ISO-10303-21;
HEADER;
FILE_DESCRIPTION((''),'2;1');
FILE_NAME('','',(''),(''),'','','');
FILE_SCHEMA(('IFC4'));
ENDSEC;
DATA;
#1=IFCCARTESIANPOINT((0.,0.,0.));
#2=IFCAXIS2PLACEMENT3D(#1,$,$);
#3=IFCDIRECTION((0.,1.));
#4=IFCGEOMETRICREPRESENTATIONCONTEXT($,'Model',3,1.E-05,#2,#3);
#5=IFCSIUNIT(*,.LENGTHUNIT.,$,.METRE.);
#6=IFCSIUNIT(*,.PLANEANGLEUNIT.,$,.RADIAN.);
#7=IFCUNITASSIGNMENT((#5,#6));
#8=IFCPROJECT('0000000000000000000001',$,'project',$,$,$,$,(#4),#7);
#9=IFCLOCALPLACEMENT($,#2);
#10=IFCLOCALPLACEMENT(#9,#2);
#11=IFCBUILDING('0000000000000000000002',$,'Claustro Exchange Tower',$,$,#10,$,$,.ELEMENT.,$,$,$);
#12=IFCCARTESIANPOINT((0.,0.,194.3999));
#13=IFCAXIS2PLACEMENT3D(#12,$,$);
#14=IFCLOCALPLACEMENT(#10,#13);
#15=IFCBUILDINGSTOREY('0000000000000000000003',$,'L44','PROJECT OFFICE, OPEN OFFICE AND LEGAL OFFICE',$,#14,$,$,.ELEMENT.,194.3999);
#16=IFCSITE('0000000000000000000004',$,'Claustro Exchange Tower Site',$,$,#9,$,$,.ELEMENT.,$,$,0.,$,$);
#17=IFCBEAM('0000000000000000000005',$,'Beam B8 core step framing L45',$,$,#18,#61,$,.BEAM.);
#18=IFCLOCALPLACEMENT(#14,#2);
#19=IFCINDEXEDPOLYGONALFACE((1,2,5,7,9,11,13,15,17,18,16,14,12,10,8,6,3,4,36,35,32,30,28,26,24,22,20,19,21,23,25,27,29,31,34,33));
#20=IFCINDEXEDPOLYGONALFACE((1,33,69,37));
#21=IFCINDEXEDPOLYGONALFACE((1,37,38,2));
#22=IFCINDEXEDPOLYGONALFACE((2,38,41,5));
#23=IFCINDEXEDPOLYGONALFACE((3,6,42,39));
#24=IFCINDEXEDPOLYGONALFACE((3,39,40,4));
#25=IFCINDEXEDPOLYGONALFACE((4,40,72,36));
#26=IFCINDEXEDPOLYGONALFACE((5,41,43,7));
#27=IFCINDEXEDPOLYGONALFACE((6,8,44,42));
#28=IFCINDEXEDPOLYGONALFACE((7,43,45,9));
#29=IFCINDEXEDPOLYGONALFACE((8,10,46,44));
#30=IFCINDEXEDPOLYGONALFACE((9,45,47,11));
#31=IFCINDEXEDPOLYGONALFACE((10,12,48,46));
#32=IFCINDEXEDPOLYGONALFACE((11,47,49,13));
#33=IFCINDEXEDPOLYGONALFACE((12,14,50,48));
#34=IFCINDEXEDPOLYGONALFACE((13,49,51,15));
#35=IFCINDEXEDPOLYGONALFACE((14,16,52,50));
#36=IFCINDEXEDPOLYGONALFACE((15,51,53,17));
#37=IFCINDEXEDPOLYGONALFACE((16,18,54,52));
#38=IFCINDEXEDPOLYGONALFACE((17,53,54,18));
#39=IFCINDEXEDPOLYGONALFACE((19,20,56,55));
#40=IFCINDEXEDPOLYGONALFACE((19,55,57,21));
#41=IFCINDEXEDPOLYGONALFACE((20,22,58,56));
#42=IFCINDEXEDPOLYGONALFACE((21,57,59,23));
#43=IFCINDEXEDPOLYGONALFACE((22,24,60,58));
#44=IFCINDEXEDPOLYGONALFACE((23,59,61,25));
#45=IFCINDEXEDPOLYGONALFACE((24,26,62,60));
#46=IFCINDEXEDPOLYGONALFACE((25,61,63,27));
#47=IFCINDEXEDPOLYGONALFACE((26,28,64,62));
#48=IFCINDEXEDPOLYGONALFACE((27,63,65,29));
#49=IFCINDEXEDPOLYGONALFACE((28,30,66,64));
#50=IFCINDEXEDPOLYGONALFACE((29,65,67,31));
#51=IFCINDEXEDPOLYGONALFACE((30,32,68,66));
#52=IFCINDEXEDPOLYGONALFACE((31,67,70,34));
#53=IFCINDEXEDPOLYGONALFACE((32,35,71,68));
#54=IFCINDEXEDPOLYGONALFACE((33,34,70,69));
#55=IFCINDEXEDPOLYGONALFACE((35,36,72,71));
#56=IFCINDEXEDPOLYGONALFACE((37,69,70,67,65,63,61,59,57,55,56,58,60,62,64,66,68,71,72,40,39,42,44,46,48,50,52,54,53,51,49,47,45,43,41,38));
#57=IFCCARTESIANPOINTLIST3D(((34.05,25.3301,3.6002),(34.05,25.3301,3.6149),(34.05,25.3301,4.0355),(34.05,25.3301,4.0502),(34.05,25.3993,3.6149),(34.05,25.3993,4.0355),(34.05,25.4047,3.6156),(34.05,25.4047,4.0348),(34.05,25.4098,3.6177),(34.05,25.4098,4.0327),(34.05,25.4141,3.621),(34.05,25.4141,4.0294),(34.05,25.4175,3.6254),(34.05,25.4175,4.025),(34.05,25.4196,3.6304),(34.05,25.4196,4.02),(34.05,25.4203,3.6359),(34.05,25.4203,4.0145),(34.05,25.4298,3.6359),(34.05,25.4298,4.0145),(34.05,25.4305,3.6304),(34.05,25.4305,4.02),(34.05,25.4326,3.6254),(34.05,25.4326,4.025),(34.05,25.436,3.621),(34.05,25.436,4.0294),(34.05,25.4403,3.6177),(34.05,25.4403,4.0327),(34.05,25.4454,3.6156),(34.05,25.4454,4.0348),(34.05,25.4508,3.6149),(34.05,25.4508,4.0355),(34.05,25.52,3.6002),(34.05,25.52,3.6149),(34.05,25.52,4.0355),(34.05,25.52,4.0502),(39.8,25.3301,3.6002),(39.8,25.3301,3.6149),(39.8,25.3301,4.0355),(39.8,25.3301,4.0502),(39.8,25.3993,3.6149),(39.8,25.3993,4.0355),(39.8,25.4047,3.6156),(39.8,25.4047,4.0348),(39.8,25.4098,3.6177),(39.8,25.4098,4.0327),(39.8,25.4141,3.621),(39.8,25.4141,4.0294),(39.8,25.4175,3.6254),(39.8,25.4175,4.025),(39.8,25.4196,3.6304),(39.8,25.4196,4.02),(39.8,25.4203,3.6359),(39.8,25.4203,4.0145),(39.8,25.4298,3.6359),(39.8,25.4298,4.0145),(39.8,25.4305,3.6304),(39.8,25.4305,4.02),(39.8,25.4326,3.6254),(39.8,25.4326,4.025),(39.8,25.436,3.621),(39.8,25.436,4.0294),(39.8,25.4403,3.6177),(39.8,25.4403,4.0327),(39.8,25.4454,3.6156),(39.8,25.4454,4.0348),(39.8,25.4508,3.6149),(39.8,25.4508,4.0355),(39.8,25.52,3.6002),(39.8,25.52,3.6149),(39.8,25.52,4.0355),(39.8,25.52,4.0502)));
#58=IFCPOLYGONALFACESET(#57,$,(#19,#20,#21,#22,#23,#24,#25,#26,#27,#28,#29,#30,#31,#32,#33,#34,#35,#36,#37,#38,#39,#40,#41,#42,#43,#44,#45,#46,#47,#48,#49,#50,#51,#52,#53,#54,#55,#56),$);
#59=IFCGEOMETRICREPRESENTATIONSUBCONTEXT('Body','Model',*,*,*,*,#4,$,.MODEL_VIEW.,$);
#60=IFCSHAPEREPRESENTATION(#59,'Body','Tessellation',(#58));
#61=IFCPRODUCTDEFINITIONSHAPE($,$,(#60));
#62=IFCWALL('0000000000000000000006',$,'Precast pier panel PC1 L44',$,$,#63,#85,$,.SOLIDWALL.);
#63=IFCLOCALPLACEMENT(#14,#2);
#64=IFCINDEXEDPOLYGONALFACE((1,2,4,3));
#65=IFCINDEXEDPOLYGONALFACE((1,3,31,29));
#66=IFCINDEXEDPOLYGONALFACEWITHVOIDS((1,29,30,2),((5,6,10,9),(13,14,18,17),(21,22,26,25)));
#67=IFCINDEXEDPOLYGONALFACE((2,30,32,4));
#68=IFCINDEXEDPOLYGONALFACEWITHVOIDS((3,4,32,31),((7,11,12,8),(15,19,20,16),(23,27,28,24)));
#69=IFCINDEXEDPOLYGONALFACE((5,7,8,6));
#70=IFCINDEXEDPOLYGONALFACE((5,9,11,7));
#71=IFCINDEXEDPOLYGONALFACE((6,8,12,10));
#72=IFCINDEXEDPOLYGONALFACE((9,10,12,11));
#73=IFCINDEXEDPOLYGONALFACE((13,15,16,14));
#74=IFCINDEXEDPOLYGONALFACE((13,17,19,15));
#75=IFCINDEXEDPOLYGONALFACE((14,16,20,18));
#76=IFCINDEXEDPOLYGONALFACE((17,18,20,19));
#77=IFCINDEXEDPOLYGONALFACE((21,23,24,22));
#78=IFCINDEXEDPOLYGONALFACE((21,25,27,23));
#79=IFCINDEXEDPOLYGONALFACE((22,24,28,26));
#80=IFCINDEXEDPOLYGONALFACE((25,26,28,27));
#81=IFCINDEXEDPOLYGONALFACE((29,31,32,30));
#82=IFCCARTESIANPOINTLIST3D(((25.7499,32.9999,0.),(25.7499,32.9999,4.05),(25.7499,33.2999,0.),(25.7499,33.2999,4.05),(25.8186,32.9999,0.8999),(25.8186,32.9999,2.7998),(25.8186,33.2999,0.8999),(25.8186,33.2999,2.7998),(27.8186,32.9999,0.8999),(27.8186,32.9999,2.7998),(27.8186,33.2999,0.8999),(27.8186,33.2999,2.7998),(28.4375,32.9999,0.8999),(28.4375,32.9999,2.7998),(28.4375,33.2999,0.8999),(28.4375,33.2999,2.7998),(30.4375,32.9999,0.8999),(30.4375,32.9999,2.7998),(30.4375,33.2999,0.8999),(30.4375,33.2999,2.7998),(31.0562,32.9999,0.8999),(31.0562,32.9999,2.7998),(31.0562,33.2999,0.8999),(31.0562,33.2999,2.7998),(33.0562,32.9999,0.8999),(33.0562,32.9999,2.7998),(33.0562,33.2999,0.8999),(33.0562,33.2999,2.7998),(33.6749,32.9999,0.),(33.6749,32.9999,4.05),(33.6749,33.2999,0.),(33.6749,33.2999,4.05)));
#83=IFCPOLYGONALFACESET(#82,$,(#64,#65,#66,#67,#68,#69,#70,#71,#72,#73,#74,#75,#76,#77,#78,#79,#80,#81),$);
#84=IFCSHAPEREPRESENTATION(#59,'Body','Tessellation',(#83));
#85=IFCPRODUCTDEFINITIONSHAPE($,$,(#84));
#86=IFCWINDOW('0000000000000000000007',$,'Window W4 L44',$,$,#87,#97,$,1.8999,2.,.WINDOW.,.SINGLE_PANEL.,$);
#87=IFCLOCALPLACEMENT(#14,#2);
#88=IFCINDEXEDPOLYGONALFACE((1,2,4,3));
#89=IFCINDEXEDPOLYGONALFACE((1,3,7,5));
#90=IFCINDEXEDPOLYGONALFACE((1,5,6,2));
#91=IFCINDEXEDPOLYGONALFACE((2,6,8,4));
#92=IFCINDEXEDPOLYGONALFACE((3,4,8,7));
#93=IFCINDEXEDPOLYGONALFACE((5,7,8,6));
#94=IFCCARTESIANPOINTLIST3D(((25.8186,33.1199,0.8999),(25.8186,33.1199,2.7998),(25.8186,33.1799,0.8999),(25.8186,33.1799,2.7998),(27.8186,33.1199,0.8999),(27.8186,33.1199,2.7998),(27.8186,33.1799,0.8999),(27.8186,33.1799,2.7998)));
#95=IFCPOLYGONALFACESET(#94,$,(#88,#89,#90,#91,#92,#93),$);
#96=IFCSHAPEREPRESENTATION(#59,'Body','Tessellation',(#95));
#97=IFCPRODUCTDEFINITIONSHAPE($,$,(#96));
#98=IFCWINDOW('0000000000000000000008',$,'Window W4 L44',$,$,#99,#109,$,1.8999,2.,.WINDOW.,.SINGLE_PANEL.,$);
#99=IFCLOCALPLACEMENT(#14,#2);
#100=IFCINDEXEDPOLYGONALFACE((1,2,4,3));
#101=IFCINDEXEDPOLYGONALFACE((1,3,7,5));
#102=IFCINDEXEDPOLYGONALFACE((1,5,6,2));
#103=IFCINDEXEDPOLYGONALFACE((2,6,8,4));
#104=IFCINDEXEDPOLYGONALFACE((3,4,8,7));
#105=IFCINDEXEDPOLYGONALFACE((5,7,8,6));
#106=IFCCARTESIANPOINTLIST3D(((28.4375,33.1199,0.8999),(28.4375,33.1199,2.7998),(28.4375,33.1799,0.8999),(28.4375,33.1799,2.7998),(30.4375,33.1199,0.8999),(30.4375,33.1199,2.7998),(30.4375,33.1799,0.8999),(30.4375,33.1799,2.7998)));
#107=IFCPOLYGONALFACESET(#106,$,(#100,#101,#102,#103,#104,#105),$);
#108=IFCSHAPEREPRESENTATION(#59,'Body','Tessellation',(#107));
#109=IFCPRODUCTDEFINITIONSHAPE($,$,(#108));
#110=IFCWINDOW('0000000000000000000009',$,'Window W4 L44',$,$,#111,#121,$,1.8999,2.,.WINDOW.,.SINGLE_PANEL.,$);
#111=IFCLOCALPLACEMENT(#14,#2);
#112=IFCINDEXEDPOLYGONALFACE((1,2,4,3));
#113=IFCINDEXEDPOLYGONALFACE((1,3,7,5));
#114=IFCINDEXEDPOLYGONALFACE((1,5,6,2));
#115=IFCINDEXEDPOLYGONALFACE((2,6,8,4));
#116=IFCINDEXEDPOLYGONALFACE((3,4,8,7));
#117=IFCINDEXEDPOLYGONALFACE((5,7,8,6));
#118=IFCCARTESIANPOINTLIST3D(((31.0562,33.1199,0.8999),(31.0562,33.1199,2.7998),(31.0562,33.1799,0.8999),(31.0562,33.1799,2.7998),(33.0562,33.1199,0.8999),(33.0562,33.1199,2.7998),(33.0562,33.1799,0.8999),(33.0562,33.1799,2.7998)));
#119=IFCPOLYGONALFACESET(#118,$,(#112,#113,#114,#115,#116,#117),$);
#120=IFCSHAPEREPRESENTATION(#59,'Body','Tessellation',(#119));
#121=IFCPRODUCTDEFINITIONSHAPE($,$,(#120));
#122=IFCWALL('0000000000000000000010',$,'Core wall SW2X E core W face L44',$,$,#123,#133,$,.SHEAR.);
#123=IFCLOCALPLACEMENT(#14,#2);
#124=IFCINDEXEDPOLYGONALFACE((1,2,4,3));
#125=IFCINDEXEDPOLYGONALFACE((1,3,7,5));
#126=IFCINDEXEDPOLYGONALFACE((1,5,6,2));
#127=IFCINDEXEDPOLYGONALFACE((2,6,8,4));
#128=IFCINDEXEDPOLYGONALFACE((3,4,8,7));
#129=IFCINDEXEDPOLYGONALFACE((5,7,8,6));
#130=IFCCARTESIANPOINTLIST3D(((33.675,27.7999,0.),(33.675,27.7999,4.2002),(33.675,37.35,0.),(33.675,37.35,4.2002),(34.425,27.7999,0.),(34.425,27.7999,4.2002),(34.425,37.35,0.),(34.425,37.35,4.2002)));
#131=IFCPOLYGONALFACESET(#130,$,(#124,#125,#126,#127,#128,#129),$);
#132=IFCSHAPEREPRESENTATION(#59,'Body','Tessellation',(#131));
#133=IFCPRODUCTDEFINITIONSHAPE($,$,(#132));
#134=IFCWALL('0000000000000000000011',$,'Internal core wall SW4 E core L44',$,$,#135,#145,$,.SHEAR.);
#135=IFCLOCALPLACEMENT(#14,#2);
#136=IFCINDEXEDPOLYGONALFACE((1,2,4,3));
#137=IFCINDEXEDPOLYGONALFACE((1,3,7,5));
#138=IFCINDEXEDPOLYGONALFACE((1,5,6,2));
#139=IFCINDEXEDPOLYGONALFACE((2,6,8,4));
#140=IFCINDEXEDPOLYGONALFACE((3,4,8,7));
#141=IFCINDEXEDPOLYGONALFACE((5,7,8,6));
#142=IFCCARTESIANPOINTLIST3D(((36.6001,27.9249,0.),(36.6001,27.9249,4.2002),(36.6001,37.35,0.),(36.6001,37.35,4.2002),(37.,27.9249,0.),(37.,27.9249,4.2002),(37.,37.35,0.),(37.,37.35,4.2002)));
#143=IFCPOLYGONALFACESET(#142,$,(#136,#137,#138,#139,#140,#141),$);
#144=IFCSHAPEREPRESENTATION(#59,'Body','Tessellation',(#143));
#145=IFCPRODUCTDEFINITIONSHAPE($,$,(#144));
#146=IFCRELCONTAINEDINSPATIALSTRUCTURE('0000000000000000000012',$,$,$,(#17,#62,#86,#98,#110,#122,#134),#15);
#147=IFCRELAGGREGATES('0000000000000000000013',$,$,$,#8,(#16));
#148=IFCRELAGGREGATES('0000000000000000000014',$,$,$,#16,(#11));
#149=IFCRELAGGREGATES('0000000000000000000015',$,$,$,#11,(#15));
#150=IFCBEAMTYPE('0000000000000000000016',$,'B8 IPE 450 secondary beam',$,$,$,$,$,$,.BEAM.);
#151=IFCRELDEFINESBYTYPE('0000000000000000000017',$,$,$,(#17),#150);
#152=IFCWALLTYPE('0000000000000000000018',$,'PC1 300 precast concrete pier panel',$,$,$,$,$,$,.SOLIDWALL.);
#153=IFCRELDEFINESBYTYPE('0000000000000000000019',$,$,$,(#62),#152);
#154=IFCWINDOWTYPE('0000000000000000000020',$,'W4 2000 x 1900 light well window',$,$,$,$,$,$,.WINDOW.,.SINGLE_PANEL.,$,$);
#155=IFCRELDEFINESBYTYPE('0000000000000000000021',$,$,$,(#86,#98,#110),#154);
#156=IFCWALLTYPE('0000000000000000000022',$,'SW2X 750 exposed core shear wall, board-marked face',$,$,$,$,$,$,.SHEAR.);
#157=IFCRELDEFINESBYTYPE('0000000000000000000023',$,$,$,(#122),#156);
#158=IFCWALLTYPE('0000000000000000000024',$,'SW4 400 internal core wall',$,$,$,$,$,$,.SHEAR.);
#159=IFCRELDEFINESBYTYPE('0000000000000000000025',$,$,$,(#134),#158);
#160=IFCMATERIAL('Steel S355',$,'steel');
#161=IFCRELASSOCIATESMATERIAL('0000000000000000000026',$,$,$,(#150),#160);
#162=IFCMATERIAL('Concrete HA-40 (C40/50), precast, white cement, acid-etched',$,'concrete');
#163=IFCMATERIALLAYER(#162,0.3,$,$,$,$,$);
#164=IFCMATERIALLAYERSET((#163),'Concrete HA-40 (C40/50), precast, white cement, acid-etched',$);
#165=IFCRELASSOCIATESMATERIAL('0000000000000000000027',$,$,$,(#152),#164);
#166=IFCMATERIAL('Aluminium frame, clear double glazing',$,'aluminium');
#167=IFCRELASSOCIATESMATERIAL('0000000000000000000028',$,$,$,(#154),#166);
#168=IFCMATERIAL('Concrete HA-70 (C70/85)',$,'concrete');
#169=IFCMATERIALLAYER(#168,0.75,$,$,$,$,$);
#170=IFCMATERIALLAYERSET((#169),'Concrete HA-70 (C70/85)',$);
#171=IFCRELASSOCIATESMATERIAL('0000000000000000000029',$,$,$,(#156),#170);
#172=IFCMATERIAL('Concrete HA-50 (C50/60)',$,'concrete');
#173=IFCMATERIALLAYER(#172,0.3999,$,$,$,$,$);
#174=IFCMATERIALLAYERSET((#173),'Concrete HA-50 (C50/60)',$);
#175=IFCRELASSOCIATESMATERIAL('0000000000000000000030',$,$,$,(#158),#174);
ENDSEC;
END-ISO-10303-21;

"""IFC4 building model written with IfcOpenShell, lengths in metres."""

from ifc_helpers import new_model, si_unit, direction, frame, frame_2d, origin, origin_2d, place, context, subcontext, project, spatial, rectangle, i_section, extrude, material, layer, layer_set, material_profile, profile_set, type_object, element, fill, save


model = new_model("IFC4")

# Units and contexts
model_context = context("Model", 3, precision=1e-05, world=origin(), true_north=direction((0.0, 1.0)))
body_context = subcontext(model_context, "Body", "Model", "MODEL_VIEW")
ifc_project = project(units=[si_unit("LENGTHUNIT", "METRE"), si_unit("PLANEANGLEUNIT", "RADIAN")], contexts=[model_context])

# Site, building, storey
site_placement = place(None, origin())
site = spatial("IfcSite", under=ifc_project, at=site_placement, Name="Claustro Exchange Tower Site", CompositionType="ELEMENT", RefElevation=0.0)
building_placement = place(site_placement, origin())
building = spatial("IfcBuilding", under=site, at=building_placement, Name="Claustro Exchange Tower", CompositionType="ELEMENT")
storey_placement = place(building_placement, frame((0.0, 0.0, 194.3999)))
storey = spatial("IfcBuildingStorey", under=building, at=storey_placement, Name="L44", Description="PROJECT OFFICE, OPEN OFFICE AND LEGAL OFFICE", CompositionType="ELEMENT", Elevation=194.3999)

# Beam
ifc_material_1 = material(Name="Steel S355", Category="steel")
ifc_material_profile_1 = material_profile(ifc_material_1, i_section(OverallWidth=0.1899, OverallDepth=0.45, WebThickness=0.0095, FlangeThickness=0.0146, FilletRadius=0.021, at=origin_2d()), Name="IPE 450")
ifc_profile_set_1 = profile_set([ifc_material_profile_1], Name="Steel S355")
beam_type_1 = type_object("IfcBeamType", Name="B8 IPE 450 secondary beam", PredefinedType="BEAM", material=ifc_profile_set_1)
beam_1_placement = place(storey_placement, frame((34.05, 25.425, 3.8252), z_axis=(1.0, 0.0, 0.0), x_axis=(0.0, 1.0, 0.0)))
element("IfcBeam", 1, at=beam_1_placement, inside=storey, type_object=beam_type_1, Name="Beam B8 core step framing L45", PredefinedType="BEAM", context=body_context, shape_type="SweptSolid", body=[
    extrude(i_section(OverallWidth=0.1899, OverallDepth=0.45, WebThickness=0.0095, FlangeThickness=0.0146, FilletRadius=0.021, at=origin_2d()), origin(), (0.0, 0.0, 1.0), 5.75),
])

# Wall, openings, windows
ifc_material_2 = material(Name="Concrete HA-40 (C40/50), precast, white cement, acid-etched", Category="concrete")
ifc_layer_1 = layer(ifc_material_2, 0.3)
ifc_layer_set_1 = layer_set([ifc_layer_1], Name="Concrete HA-40 (C40/50), precast, white cement, acid-etched")
wall_type_1 = type_object("IfcWallType", Name="PC1 300 precast concrete pier panel", PredefinedType="SOLIDWALL", material=ifc_layer_set_1)
wall_1_placement = place(storey_placement, frame((25.75, 33.1499, 0.0), z_axis=(0.0, 0.0, 1.0), x_axis=(1.0, 0.0, 0.0)))
wall_1 = element("IfcWall", 2, at=wall_1_placement, inside=storey, type_object=wall_type_1, Name="Precast pier panel PC1 L44", PredefinedType="SOLIDWALL", context=body_context, shape_type="SweptSolid", body=[
    extrude(rectangle(XDim=7.925, YDim=0.3, at=frame_2d((3.9624, 0.0))), origin(), (0.0, 0.0, 1.0), 4.05),
])
opening_1_placement = place(wall_1_placement, frame((0.0686, 0.0, 0.8999)))
opening_1 = element("IfcOpeningElement", 3, at=opening_1_placement, cuts=wall_1, PredefinedType="OPENING", context=body_context, shape_type="SweptSolid", body=[
    extrude(rectangle(XDim=2.0, YDim=1.8999, at=frame_2d((1.0, 0.95))), frame((0.0, 0.1599, 0.0), z_axis=(0.0, -1.0, 0.0), x_axis=(1.0, 0.0, 0.0)), (0.0, 0.0, 1.0), 0.3201),
])
opening_2_placement = place(wall_1_placement, frame((2.6875, 0.0, 0.8999)))
opening_2 = element("IfcOpeningElement", 4, at=opening_2_placement, cuts=wall_1, PredefinedType="OPENING", context=body_context, shape_type="SweptSolid", body=[
    extrude(rectangle(XDim=2.0, YDim=1.8999, at=frame_2d((1.0, 0.95))), frame((0.0, 0.1599, 0.0), z_axis=(0.0, -1.0, 0.0), x_axis=(1.0, 0.0, 0.0)), (0.0, 0.0, 1.0), 0.3201),
])
opening_3_placement = place(wall_1_placement, frame((5.3062, 0.0, 0.8999)))
opening_3 = element("IfcOpeningElement", 5, at=opening_3_placement, cuts=wall_1, PredefinedType="OPENING", context=body_context, shape_type="SweptSolid", body=[
    extrude(rectangle(XDim=2.0, YDim=1.8999, at=frame_2d((1.0, 0.95))), frame((0.0, 0.1599, 0.0), z_axis=(0.0, -1.0, 0.0), x_axis=(1.0, 0.0, 0.0)), (0.0, 0.0, 1.0), 0.3201),
])
ifc_material_3 = material(Name="Aluminium frame, clear double glazing", Category="aluminium")
window_type = type_object("IfcWindowType", Name="W4 2000 x 1900 light well window", PartitioningType="SINGLE_PANEL", PredefinedType="WINDOW", material=ifc_material_3)
window_1_placement = place(opening_1_placement, origin())
window_1 = element("IfcWindow", 6, at=window_1_placement, inside=storey, type_object=window_type, Name="Window W4 L44", OverallHeight=1.8999, OverallWidth=2.0, PartitioningType="SINGLE_PANEL", PredefinedType="WINDOW", context=body_context, shape_type="SweptSolid", body=[
    extrude(rectangle(XDim=2.0, YDim=1.8999, at=frame_2d((1.0, 0.95))), frame((0.0, 0.03, 0.0), z_axis=(0.0, -1.0, 0.0), x_axis=(1.0, 0.0, 0.0)), (0.0, 0.0, 1.0), 0.0601),
])
fill(opening_1, window_1)
window_2_placement = place(opening_2_placement, origin())
window_2 = element("IfcWindow", 7, at=window_2_placement, inside=storey, type_object=window_type, Name="Window W4 L44", OverallHeight=1.8999, OverallWidth=2.0, PartitioningType="SINGLE_PANEL", PredefinedType="WINDOW", context=body_context, shape_type="SweptSolid", body=[
    extrude(rectangle(XDim=2.0, YDim=1.8999, at=frame_2d((1.0, 0.95))), frame((0.0, 0.03, 0.0), z_axis=(0.0, -1.0, 0.0), x_axis=(1.0, 0.0, 0.0)), (0.0, 0.0, 1.0), 0.0601),
])
fill(opening_2, window_2)
window_3_placement = place(opening_3_placement, origin())
window_3 = element("IfcWindow", 8, at=window_3_placement, inside=storey, type_object=window_type, Name="Window W4 L44", OverallHeight=1.8999, OverallWidth=2.0, PartitioningType="SINGLE_PANEL", PredefinedType="WINDOW", context=body_context, shape_type="SweptSolid", body=[
    extrude(rectangle(XDim=2.0, YDim=1.8999, at=frame_2d((1.0, 0.95))), frame((0.0, 0.03, 0.0), z_axis=(0.0, -1.0, 0.0), x_axis=(1.0, 0.0, 0.0)), (0.0, 0.0, 1.0), 0.0601),
])
fill(opening_3, window_3)

# Walls
ifc_material_4 = material(Name="Concrete HA-70 (C70/85)", Category="concrete")
ifc_layer_2 = layer(ifc_material_4, 0.75)
ifc_layer_set_2 = layer_set([ifc_layer_2], Name="Concrete HA-70 (C70/85)")
wall_type_2 = type_object("IfcWallType", Name="SW2X 750 exposed core shear wall, board-marked face", PredefinedType="SHEAR", material=ifc_layer_set_2)
wall_2_placement = place(storey_placement, frame((34.05, 27.8, 0.0), z_axis=(0.0, 0.0, 1.0), x_axis=(0.0, 1.0, 0.0)))
element("IfcWall", 9, at=wall_2_placement, inside=storey, type_object=wall_type_2, Name="Core wall SW2X E core W face L44", PredefinedType="SHEAR", context=body_context, shape_type="SweptSolid", body=[
    extrude(rectangle(XDim=9.55, YDim=0.75, at=frame_2d((4.7749, 0.0))), origin(), (0.0, 0.0, 1.0), 4.2002),
])
ifc_material_5 = material(Name="Concrete HA-50 (C50/60)", Category="concrete")
ifc_layer_3 = layer(ifc_material_5, 0.3999)
ifc_layer_set_3 = layer_set([ifc_layer_3], Name="Concrete HA-50 (C50/60)")
wall_type_3 = type_object("IfcWallType", Name="SW4 400 internal core wall", PredefinedType="SHEAR", material=ifc_layer_set_3)
wall_3_placement = place(storey_placement, frame((36.8, 27.925, 0.0), z_axis=(0.0, 0.0, 1.0), x_axis=(0.0, 1.0, 0.0)))
element("IfcWall", 10, at=wall_3_placement, inside=storey, type_object=wall_type_3, Name="Internal core wall SW4 E core L44", PredefinedType="SHEAR", context=body_context, shape_type="SweptSolid", body=[
    extrude(rectangle(XDim=9.425, YDim=0.3999, at=frame_2d((4.7124, 0.0))), origin(), (0.0, 0.0, 1.0), 4.2002),
])

save(model, "model.ifc")
